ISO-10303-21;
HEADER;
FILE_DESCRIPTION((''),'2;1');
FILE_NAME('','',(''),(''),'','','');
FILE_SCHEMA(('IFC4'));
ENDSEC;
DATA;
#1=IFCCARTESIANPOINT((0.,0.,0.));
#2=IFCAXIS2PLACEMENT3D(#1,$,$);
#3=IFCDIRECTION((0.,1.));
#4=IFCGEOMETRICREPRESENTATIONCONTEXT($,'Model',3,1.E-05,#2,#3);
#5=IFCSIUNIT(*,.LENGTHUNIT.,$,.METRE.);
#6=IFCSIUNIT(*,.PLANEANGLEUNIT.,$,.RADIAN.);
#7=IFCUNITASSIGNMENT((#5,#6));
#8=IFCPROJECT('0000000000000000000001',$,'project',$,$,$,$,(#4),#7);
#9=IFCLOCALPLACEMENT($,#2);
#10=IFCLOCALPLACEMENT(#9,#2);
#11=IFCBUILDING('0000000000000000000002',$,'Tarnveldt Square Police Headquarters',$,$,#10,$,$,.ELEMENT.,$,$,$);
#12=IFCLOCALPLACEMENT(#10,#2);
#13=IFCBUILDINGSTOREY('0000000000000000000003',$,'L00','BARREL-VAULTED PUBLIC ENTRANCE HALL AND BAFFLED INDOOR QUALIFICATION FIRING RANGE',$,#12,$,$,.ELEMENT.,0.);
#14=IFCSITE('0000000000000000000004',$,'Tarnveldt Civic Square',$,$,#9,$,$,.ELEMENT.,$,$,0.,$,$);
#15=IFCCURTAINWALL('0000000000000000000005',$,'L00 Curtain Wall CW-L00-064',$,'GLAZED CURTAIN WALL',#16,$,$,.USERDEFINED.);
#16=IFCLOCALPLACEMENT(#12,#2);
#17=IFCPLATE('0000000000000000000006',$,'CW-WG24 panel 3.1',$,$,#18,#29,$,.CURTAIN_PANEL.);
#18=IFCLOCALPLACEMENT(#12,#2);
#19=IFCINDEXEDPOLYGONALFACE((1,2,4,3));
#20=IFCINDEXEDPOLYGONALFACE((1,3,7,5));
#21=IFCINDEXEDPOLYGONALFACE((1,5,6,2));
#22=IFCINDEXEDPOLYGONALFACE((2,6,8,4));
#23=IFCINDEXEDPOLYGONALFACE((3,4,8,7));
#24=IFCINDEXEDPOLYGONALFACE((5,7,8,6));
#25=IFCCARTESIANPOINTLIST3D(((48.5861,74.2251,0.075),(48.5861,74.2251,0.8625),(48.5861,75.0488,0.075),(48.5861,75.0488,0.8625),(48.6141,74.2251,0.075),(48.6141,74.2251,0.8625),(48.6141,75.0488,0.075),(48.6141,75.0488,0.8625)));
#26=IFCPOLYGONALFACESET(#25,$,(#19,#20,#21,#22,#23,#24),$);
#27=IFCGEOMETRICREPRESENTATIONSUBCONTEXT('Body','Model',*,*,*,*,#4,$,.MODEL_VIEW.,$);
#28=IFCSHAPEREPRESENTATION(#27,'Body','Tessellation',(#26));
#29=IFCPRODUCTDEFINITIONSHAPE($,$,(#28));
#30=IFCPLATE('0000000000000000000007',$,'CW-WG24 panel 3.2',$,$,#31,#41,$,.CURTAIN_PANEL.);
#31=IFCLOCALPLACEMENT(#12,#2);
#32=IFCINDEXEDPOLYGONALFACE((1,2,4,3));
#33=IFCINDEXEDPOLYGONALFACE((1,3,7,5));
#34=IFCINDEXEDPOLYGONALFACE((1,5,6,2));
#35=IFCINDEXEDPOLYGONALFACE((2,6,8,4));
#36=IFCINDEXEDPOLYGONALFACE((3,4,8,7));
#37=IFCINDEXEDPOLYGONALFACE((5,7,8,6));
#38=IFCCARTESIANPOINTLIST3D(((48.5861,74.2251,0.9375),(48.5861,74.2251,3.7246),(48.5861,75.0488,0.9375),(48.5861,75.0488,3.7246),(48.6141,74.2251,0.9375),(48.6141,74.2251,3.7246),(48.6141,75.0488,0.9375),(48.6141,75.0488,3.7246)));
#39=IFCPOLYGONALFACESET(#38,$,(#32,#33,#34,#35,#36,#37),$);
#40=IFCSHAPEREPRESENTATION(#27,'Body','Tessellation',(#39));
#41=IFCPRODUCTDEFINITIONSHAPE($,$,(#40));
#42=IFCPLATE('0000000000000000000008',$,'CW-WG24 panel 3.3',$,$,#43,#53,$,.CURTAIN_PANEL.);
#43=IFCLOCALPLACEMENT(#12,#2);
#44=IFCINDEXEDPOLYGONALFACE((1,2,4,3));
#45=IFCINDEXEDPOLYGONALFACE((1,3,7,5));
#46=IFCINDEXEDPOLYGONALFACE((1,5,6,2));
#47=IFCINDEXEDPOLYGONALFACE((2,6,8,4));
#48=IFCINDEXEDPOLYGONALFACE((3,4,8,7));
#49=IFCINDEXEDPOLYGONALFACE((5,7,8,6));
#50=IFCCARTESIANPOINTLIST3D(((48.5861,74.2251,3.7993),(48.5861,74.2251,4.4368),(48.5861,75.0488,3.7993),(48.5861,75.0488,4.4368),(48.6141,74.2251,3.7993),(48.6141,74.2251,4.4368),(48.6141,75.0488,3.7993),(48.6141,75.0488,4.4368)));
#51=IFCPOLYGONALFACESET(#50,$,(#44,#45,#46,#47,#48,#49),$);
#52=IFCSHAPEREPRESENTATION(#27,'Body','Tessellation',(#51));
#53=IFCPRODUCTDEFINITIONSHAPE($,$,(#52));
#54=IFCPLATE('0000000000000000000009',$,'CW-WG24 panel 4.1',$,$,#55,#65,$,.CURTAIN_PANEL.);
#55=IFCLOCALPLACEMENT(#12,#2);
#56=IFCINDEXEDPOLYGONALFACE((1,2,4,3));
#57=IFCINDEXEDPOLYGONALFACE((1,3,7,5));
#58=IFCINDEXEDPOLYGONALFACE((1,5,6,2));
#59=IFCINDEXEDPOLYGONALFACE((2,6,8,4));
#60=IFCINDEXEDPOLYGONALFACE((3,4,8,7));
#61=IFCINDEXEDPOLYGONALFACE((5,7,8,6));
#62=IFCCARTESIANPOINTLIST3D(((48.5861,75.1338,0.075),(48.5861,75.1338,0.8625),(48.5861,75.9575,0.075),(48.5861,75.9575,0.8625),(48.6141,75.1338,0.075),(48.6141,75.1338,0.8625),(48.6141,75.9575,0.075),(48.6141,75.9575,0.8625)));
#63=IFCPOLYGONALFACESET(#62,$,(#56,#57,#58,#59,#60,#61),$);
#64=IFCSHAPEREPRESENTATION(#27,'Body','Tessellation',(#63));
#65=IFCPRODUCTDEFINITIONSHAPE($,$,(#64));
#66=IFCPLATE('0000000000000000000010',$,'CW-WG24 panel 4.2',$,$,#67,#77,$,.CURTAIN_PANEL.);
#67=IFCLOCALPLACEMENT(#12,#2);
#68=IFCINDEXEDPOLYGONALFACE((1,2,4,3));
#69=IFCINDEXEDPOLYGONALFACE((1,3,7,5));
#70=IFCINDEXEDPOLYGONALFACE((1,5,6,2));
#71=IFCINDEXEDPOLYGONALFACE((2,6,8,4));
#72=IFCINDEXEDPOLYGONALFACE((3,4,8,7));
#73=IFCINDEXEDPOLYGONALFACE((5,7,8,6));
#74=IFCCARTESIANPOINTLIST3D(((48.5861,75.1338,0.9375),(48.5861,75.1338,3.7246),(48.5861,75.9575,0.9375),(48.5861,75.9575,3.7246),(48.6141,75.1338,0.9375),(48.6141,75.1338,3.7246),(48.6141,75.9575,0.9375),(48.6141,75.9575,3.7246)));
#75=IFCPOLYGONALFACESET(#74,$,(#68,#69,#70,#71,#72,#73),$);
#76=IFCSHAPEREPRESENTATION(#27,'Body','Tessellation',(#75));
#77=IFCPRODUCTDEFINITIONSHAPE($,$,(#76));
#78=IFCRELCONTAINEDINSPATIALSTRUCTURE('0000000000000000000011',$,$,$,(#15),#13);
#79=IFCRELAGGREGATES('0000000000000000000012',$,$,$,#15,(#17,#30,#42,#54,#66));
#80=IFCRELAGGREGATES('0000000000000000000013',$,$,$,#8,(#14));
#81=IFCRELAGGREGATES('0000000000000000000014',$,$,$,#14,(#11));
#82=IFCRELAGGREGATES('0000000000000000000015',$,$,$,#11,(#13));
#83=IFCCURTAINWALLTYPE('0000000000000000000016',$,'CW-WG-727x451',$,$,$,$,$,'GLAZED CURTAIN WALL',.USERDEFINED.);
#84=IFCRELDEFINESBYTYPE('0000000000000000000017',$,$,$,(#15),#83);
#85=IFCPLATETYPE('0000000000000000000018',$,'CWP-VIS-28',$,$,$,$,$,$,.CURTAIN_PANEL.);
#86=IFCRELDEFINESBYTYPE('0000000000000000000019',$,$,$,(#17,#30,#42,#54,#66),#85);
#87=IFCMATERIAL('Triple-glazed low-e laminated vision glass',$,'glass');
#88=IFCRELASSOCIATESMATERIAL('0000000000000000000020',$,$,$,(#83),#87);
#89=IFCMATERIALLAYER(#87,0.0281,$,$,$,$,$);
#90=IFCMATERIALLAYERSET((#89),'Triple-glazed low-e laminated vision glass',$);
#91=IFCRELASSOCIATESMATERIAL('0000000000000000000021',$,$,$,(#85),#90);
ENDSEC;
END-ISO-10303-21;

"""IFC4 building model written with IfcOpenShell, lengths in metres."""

from ifc_helpers import new_model, si_unit, direction, frame, origin, origin_2d, place, context, subcontext, project, spatial, rectangle, extrude, material, layer, layer_set, type_object, element, aggregate, save


model = new_model("IFC4")

# Units and contexts
model_context = context("Model", 3, precision=1e-05, world=origin(), true_north=direction((0.0, 1.0)))
body_context = subcontext(model_context, "Body", "Model", "MODEL_VIEW")
ifc_project = project(units=[si_unit("LENGTHUNIT", "METRE"), si_unit("PLANEANGLEUNIT", "RADIAN")], contexts=[model_context])

# Site, building, storey
site_placement = place(None, origin())
site = spatial("IfcSite", under=ifc_project, at=site_placement, Name="Tarnveldt Civic Square", CompositionType="ELEMENT", RefElevation=0.0)
building_placement = place(site_placement, origin())
building = spatial("IfcBuilding", under=site, at=building_placement, Name="Tarnveldt Square Police Headquarters", CompositionType="ELEMENT")
storey_placement = place(building_placement, origin())
storey = spatial("IfcBuildingStorey", under=building, at=storey_placement, Name="L00", Description="BARREL-VAULTED PUBLIC ENTRANCE HALL AND BAFFLED INDOOR QUALIFICATION FIRING RANGE", CompositionType="ELEMENT", Elevation=0.0)

# Curtain wall, plates
ifc_material_1 = material(Name="Triple-glazed low-e laminated vision glass", Category="glass")
curtain_wall_type = type_object("IfcCurtainWallType", Name="CW-WG-727x451", ElementType="GLAZED CURTAIN WALL", PredefinedType="USERDEFINED", material=ifc_material_1)
curtain_wall_placement = place(storey_placement, origin())
curtain_wall = element("IfcCurtainWall", 1, at=curtain_wall_placement, inside=storey, type_object=curtain_wall_type, Name="L00 Curtain Wall CW-L00-064", ObjectType="GLAZED CURTAIN WALL", PredefinedType="USERDEFINED")
ifc_layer = layer(ifc_material_1, 0.0281)
ifc_layer_set = layer_set([ifc_layer], Name="Triple-glazed low-e laminated vision glass")
plate_type = type_object("IfcPlateType", Name="CWP-VIS-28", PredefinedType="CURTAIN_PANEL", material=ifc_layer_set)
plate_1_placement = place(storey_placement, frame((48.6001, 74.637, 0.075), z_axis=(0.0, 0.0, 1.0), x_axis=(0.0, 1.0, 0.0)))
plate_1 = element("IfcPlate", 2, at=plate_1_placement, type_object=plate_type, Name="CW-WG24 panel 3.1", PredefinedType="CURTAIN_PANEL", context=body_context, shape_type="SweptSolid", body=[
    extrude(rectangle(XDim=0.8237, YDim=0.0281, at=origin_2d()), origin(), (0.0, 0.0, 1.0), 0.7876),
])
plate_2_placement = place(storey_placement, frame((48.6001, 74.637, 0.9375), z_axis=(0.0, 0.0, 1.0), x_axis=(0.0, 1.0, 0.0)))
plate_2 = element("IfcPlate", 3, at=plate_2_placement, type_object=plate_type, Name="CW-WG24 panel 3.2", PredefinedType="CURTAIN_PANEL", context=body_context, shape_type="SweptSolid", body=[
    extrude(rectangle(XDim=0.8237, YDim=0.0281, at=origin_2d()), origin(), (0.0, 0.0, 1.0), 2.7871),
])
plate_3_placement = place(storey_placement, frame((48.6001, 74.637, 3.7993), z_axis=(0.0, 0.0, 1.0), x_axis=(0.0, 1.0, 0.0)))
plate_3 = element("IfcPlate", 4, at=plate_3_placement, type_object=plate_type, Name="CW-WG24 panel 3.3", PredefinedType="CURTAIN_PANEL", context=body_context, shape_type="SweptSolid", body=[
    extrude(rectangle(XDim=0.8237, YDim=0.0281, at=origin_2d()), origin(), (0.0, 0.0, 1.0), 0.6375),
])
plate_4_placement = place(storey_placement, frame((48.6001, 75.5457, 0.075), z_axis=(0.0, 0.0, 1.0), x_axis=(0.0, 1.0, 0.0)))
plate_4 = element("IfcPlate", 5, at=plate_4_placement, type_object=plate_type, Name="CW-WG24 panel 4.1", PredefinedType="CURTAIN_PANEL", context=body_context, shape_type="SweptSolid", body=[
    extrude(rectangle(XDim=0.8237, YDim=0.0281, at=origin_2d()), origin(), (0.0, 0.0, 1.0), 0.7876),
])
plate_5_placement = place(storey_placement, frame((48.6001, 75.5457, 0.9375), z_axis=(0.0, 0.0, 1.0), x_axis=(0.0, 1.0, 0.0)))
plate_5 = element("IfcPlate", 6, at=plate_5_placement, type_object=plate_type, Name="CW-WG24 panel 4.2", PredefinedType="CURTAIN_PANEL", context=body_context, shape_type="SweptSolid", body=[
    extrude(rectangle(XDim=0.8237, YDim=0.0281, at=origin_2d()), origin(), (0.0, 0.0, 1.0), 2.7871),
])
aggregate(curtain_wall, [plate_1, plate_2, plate_3, plate_4, plate_5])

save(model, "model.ifc")
